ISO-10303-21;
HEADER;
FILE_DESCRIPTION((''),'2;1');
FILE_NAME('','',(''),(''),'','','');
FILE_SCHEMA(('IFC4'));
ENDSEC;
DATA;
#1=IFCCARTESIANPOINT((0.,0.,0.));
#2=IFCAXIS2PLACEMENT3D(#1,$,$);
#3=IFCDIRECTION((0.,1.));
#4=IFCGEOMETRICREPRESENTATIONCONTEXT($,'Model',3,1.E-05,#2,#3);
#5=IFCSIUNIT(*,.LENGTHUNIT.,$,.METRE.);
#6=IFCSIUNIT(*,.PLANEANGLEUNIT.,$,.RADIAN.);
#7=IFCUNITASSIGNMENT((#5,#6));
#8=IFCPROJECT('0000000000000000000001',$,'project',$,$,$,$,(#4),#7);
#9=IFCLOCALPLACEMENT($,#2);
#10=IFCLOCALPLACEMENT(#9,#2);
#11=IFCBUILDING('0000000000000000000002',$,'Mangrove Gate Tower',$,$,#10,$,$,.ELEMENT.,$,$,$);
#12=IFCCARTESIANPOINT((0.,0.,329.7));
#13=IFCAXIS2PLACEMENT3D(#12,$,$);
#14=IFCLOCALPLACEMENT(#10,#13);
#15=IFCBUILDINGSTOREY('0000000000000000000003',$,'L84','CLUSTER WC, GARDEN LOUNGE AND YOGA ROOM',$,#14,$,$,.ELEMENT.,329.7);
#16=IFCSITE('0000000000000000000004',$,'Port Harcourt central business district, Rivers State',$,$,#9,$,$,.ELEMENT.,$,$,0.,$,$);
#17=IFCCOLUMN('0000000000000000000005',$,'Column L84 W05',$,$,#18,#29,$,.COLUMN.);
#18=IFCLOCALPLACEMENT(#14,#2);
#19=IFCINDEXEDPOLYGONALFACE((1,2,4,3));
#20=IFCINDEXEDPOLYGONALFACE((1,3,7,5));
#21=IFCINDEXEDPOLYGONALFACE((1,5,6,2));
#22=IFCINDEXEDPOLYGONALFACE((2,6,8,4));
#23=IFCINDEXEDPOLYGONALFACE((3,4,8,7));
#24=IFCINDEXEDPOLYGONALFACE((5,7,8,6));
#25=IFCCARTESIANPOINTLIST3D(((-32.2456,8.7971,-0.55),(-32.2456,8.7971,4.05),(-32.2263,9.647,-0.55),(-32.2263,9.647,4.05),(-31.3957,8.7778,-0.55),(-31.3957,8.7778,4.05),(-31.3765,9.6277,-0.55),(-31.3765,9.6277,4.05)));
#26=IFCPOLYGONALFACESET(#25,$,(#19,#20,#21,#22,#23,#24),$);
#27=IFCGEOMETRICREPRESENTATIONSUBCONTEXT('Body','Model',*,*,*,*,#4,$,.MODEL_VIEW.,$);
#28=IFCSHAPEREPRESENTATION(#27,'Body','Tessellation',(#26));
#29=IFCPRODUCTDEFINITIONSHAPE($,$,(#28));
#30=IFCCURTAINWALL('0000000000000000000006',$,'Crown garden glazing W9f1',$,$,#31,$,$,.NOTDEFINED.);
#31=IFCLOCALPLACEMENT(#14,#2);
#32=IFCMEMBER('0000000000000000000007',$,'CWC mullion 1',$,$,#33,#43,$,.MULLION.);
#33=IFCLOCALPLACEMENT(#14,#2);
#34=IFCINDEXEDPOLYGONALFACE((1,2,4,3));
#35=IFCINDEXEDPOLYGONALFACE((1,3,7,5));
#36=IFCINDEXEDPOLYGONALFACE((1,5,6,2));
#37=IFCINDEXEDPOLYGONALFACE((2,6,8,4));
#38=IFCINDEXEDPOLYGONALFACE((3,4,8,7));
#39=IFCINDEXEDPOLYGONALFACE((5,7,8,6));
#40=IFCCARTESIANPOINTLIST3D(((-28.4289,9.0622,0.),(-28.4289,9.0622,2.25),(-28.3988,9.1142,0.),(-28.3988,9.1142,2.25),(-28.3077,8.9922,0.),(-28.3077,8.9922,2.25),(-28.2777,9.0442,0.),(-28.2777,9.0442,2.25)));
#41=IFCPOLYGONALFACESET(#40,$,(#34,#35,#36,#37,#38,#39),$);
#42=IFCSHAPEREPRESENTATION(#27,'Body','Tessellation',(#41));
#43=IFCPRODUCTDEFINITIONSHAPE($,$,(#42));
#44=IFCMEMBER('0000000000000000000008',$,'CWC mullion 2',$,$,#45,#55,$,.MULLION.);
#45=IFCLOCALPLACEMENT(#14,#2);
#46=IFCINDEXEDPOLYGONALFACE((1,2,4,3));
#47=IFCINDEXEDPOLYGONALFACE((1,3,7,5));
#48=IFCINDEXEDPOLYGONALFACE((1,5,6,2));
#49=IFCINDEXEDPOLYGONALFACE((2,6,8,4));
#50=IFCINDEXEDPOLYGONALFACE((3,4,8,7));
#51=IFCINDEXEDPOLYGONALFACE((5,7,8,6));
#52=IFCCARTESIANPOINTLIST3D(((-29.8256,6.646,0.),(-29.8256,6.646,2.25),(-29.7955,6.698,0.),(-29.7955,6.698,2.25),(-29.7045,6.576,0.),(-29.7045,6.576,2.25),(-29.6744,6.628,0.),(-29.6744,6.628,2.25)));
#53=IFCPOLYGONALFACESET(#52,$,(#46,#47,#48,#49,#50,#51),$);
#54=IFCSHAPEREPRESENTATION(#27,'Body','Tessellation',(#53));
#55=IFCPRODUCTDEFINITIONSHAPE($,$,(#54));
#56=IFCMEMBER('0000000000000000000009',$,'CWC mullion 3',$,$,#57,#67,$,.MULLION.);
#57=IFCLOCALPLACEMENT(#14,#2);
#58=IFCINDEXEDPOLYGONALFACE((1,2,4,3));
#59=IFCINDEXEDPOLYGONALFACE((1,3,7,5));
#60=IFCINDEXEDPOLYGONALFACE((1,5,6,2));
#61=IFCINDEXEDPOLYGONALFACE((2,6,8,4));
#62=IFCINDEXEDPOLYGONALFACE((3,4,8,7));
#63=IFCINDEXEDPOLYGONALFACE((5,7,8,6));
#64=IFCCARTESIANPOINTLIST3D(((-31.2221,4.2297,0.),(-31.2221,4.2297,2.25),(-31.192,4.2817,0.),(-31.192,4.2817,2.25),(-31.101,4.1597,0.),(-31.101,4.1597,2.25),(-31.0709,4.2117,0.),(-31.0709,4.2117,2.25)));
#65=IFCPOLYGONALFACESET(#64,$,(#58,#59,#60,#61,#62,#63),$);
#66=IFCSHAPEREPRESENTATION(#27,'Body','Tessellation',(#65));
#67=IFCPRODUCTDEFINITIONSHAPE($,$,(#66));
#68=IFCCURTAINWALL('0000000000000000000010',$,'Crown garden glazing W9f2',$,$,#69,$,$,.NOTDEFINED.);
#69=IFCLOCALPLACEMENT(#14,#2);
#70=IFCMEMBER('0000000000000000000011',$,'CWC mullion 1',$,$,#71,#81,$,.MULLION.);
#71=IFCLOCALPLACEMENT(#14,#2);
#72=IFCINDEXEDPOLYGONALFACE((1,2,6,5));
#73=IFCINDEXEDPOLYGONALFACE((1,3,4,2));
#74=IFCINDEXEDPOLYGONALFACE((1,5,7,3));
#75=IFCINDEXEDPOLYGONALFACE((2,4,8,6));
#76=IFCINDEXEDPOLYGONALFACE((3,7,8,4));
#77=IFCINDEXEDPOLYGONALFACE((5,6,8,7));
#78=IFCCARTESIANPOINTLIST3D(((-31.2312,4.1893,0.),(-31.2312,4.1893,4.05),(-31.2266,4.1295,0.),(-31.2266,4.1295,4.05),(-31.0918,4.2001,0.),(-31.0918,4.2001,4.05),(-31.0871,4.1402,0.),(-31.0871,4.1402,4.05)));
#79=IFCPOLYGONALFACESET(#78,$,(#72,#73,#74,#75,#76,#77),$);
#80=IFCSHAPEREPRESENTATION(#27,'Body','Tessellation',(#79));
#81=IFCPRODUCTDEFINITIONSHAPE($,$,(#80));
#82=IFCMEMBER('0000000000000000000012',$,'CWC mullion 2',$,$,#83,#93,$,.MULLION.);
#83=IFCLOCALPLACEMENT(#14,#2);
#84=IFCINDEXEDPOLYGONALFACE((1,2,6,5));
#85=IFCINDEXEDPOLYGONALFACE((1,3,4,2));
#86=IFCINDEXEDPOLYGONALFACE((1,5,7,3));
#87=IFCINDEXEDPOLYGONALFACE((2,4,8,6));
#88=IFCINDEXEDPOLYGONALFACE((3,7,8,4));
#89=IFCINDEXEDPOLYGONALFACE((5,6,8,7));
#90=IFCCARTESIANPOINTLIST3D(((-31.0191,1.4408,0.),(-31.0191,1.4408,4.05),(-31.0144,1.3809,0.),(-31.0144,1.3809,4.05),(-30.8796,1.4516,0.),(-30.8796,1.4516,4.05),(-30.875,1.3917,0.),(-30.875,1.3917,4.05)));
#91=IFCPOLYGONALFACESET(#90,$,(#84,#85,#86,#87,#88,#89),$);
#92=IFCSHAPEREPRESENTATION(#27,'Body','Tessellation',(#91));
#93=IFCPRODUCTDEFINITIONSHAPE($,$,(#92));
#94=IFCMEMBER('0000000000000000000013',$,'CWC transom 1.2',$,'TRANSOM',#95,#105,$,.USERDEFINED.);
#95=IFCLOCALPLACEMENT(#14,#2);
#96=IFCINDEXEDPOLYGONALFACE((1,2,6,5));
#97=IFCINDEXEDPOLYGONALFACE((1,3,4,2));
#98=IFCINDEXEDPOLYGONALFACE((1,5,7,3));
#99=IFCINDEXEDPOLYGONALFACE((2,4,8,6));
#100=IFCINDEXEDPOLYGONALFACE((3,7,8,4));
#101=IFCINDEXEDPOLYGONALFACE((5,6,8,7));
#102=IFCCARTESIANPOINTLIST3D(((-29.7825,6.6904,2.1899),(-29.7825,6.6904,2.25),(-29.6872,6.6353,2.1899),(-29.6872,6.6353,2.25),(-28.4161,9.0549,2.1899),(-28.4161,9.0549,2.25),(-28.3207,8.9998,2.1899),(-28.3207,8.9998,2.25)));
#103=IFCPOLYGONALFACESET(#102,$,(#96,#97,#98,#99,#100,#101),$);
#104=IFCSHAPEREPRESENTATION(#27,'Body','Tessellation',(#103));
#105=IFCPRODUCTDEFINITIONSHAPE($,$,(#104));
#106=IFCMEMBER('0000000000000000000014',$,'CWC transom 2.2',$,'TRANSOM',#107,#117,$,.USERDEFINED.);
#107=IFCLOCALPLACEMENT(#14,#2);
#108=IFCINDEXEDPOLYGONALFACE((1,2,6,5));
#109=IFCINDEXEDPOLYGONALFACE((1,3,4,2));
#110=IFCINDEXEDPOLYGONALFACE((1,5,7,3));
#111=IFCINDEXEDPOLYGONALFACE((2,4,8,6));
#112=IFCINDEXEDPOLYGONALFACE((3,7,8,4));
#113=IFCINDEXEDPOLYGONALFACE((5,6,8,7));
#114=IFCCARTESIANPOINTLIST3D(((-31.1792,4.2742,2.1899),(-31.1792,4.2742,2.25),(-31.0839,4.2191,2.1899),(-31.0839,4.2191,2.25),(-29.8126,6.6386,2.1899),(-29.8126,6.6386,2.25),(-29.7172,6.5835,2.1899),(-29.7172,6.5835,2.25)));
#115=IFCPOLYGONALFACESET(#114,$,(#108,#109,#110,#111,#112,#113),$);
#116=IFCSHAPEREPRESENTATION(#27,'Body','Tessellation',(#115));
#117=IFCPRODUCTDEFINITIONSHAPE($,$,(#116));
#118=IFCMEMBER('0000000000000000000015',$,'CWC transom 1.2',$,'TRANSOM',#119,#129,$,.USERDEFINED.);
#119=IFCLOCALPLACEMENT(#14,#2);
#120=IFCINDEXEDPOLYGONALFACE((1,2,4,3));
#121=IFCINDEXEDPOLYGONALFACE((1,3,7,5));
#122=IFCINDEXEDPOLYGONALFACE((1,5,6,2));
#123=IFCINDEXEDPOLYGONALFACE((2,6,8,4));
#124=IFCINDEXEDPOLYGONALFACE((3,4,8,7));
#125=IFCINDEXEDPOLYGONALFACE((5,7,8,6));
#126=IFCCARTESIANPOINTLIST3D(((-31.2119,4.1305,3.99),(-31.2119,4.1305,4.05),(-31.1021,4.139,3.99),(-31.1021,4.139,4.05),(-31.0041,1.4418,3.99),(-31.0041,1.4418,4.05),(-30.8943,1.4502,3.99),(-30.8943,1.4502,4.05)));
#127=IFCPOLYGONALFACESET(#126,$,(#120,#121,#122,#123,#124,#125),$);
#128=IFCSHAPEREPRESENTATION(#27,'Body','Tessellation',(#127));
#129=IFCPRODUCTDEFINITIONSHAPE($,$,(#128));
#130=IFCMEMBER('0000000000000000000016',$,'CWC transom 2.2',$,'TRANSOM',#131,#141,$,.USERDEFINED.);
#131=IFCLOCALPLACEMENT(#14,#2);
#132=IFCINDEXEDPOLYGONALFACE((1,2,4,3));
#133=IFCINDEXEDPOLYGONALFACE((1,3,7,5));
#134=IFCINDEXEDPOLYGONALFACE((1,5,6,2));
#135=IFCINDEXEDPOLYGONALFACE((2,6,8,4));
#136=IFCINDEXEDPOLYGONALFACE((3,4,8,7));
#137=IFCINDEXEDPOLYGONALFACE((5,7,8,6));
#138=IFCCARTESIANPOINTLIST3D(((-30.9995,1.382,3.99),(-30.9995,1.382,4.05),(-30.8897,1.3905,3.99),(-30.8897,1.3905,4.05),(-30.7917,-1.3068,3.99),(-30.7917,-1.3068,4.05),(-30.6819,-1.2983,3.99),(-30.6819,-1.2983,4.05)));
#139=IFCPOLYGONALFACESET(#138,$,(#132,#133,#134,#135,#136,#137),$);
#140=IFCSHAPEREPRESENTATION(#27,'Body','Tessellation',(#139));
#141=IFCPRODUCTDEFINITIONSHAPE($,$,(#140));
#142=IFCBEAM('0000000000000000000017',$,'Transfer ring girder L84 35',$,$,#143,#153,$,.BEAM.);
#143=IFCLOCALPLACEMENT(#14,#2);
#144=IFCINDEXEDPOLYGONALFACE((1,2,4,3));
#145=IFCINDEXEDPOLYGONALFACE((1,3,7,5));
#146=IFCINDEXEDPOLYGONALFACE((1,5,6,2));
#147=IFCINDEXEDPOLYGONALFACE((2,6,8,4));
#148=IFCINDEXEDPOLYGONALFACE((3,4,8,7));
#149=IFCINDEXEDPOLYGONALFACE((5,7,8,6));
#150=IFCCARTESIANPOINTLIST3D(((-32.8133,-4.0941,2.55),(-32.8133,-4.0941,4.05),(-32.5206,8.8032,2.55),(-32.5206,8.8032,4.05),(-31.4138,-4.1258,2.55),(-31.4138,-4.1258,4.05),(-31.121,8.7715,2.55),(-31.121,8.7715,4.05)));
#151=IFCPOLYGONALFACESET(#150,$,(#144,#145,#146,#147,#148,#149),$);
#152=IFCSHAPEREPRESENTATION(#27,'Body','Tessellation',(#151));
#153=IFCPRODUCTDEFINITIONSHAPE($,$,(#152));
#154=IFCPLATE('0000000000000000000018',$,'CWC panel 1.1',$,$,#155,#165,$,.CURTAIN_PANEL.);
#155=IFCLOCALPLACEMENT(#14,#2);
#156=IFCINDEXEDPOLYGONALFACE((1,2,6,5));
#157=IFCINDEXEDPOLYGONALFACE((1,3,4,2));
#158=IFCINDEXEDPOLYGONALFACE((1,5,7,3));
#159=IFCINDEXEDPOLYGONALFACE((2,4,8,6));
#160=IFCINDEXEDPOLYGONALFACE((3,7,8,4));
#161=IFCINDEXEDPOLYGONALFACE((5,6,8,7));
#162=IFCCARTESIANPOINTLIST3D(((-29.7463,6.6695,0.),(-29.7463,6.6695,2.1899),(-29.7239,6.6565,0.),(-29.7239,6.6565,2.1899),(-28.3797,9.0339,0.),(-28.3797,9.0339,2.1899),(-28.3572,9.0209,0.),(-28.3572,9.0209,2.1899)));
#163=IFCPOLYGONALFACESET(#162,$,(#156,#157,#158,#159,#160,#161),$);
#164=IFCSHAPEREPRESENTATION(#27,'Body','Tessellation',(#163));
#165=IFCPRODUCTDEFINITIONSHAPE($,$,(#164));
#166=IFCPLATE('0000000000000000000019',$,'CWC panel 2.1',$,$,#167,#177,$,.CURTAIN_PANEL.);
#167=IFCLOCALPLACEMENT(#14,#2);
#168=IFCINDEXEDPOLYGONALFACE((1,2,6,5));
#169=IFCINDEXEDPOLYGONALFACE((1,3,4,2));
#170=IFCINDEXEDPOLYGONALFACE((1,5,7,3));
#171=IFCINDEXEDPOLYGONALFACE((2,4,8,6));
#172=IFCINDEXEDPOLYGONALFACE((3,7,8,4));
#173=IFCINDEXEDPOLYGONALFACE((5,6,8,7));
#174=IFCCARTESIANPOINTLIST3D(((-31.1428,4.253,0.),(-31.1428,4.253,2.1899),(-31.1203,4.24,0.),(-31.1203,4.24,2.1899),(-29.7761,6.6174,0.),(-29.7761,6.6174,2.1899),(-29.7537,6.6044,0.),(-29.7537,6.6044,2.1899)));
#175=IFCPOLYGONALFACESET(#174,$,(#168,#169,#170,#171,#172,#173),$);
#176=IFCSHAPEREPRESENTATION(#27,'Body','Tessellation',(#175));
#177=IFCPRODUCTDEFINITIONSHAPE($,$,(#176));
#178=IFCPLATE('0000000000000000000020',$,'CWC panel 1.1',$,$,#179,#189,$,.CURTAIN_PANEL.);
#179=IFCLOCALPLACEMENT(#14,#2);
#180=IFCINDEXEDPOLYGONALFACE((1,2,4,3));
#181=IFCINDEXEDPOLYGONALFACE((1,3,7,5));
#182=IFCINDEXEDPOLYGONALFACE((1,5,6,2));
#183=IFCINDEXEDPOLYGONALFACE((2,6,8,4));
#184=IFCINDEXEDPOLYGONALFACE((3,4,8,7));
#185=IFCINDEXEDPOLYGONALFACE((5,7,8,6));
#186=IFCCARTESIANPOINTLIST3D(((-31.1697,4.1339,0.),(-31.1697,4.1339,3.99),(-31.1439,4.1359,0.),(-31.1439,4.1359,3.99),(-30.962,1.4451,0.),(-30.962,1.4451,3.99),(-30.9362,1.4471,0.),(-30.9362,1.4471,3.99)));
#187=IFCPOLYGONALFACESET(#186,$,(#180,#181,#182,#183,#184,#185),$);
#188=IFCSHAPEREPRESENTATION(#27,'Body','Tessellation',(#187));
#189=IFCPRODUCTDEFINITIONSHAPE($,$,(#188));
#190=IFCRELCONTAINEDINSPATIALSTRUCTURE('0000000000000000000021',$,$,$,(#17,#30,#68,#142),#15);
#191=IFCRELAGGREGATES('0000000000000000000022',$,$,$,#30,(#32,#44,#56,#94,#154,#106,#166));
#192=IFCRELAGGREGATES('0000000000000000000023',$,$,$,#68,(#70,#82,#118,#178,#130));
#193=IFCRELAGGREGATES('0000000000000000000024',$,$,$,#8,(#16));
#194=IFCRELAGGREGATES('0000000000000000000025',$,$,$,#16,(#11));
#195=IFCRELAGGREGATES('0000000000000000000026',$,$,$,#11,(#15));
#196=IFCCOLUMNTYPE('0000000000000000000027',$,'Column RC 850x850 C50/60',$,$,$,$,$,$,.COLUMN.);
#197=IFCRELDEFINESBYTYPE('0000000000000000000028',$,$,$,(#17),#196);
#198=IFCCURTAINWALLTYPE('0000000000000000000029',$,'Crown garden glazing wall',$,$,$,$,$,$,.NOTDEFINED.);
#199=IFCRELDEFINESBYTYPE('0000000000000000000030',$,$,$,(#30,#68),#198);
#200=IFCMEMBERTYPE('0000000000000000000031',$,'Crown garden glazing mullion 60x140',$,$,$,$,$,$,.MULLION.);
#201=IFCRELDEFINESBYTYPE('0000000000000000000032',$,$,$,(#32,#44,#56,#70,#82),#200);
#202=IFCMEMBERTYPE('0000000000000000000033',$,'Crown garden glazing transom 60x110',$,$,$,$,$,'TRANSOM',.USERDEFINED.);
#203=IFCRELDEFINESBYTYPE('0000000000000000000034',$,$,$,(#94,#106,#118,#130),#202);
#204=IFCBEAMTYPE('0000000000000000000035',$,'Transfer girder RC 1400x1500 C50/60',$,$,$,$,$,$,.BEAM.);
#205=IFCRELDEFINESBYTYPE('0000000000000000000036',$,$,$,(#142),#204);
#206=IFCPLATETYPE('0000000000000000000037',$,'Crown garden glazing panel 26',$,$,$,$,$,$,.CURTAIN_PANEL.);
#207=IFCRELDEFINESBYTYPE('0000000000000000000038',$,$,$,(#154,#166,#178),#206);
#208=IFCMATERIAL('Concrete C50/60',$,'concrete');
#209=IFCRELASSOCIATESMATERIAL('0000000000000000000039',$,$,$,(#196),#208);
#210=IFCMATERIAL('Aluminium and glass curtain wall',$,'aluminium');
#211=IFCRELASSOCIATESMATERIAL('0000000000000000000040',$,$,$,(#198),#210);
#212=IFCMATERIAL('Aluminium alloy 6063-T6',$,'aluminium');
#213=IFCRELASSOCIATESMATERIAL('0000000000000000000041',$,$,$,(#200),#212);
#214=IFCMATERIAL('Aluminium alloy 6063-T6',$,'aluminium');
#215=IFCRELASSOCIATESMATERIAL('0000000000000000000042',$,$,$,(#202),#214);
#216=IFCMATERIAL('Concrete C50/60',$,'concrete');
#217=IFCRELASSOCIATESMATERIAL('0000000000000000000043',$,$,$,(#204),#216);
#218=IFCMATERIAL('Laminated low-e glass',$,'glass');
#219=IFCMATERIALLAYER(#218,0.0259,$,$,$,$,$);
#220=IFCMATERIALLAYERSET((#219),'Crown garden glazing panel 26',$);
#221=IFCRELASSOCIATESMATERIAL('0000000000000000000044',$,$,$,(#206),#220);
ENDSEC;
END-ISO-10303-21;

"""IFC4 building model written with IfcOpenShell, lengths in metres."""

from ifc_helpers import new_model, si_unit, direction, frame, origin, origin_2d, place, context, subcontext, project, spatial, rectangle, extrude, material, layer, layer_set, material_profile, profile_set, type_object, element, aggregate, save


model = new_model("IFC4")

# Units and contexts
model_context = context("Model", 3, precision=1e-05, world=origin(), true_north=direction((0.0, 1.0)))
body_context = subcontext(model_context, "Body", "Model", "MODEL_VIEW")
ifc_project = project(units=[si_unit("LENGTHUNIT", "METRE"), si_unit("PLANEANGLEUNIT", "RADIAN")], contexts=[model_context])

# Site, building, storey
site_placement = place(None, origin())
site = spatial("IfcSite", under=ifc_project, at=site_placement, Name="Port Harcourt central business district, Rivers State", CompositionType="ELEMENT", RefElevation=0.0)
building_placement = place(site_placement, origin())
building = spatial("IfcBuilding", under=site, at=building_placement, Name="Mangrove Gate Tower", CompositionType="ELEMENT")
storey_placement = place(building_placement, frame((0.0, 0.0, 329.7)))
storey = spatial("IfcBuildingStorey", under=building, at=storey_placement, Name="L84", Description="CLUSTER WC, GARDEN LOUNGE AND YOGA ROOM", CompositionType="ELEMENT", Elevation=329.7)

# Column
ifc_material_1 = material(Name="Concrete C50/60", Category="concrete")
ifc_material_profile_1 = material_profile(ifc_material_1, rectangle(XDim=0.8501, YDim=0.8501, at=origin_2d()))
ifc_profile_set_1 = profile_set([ifc_material_profile_1], Name="Concrete C50/60")
column_type = type_object("IfcColumnType", Name="Column RC 850x850 C50/60", PredefinedType="COLUMN", material=ifc_profile_set_1)
column_placement = place(storey_placement, frame((-31.811, 9.2124, -0.55), z_axis=(0.0, 0.0, 1.0), x_axis=(-0.022681, -0.999743, 0.0)))
element("IfcColumn", 1, at=column_placement, inside=storey, type_object=column_type, Name="Column L84 W05", PredefinedType="COLUMN", context=body_context, shape_type="SweptSolid", body=[
    extrude(rectangle(XDim=0.8501, YDim=0.8501, at=origin_2d()), origin(), (0.0, 0.0, 1.0), 4.6001),
])

# Curtain walls, members
ifc_material_2 = material(Name="Aluminium and glass curtain wall", Category="aluminium")
curtain_wall_type = type_object("IfcCurtainWallType", Name="Crown garden glazing wall", PredefinedType="NOTDEFINED", material=ifc_material_2)
curtain_wall_1_placement = place(storey_placement, origin())
curtain_wall_1 = element("IfcCurtainWall", 2, at=curtain_wall_1_placement, inside=storey, type_object=curtain_wall_type, Name="Crown garden glazing W9f1", PredefinedType="NOTDEFINED")
ifc_material_3 = material(Name="Aluminium alloy 6063-T6", Category="aluminium")
ifc_material_profile_2 = material_profile(ifc_material_3, rectangle(XDim=0.0601, YDim=0.1399, at=origin_2d()))
ifc_profile_set_2 = profile_set([ifc_material_profile_2], Name="Aluminium alloy 6063-T6")
member_type_1 = type_object("IfcMemberType", Name="Crown garden glazing mullion 60x140", PredefinedType="MULLION", material=ifc_profile_set_2)
member_1_placement = place(storey_placement, frame((-28.3533, 9.0532, 0.0), z_axis=(0.0, 0.0, 1.0), x_axis=(-0.500418, -0.865784, 0.0)))
member_1 = element("IfcMember", 3, at=member_1_placement, type_object=member_type_1, Name="CWC mullion 1", PredefinedType="MULLION", context=body_context, shape_type="SweptSolid", body=[
    extrude(rectangle(XDim=0.0601, YDim=0.1399, at=origin_2d()), origin(), (0.0, 0.0, 1.0), 2.25),
])
member_2_placement = place(storey_placement, frame((-29.75, 6.637, 0.0), z_axis=(0.0, 0.0, 1.0), x_axis=(-0.500418, -0.865784, 0.0)))
member_2 = element("IfcMember", 4, at=member_2_placement, type_object=member_type_1, Name="CWC mullion 2", PredefinedType="MULLION", context=body_context, shape_type="SweptSolid", body=[
    extrude(rectangle(XDim=0.0601, YDim=0.1399, at=origin_2d()), origin(), (0.0, 0.0, 1.0), 2.25),
])
member_3_placement = place(storey_placement, frame((-31.1465, 4.2207, 0.0), z_axis=(0.0, 0.0, 1.0), x_axis=(-0.500418, -0.865784, 0.0)))
member_3 = element("IfcMember", 5, at=member_3_placement, type_object=member_type_1, Name="CWC mullion 3", PredefinedType="MULLION", context=body_context, shape_type="SweptSolid", body=[
    extrude(rectangle(XDim=0.0601, YDim=0.1399, at=origin_2d()), origin(), (0.0, 0.0, 1.0), 2.25),
])
curtain_wall_2_placement = place(storey_placement, origin())
curtain_wall_2 = element("IfcCurtainWall", 6, at=curtain_wall_2_placement, inside=storey, type_object=curtain_wall_type, Name="Crown garden glazing W9f2", PredefinedType="NOTDEFINED")
member_4_placement = place(storey_placement, frame((-31.1592, 4.1648, 0.0), z_axis=(0.0, 0.0, 1.0), x_axis=(0.077023, -0.997029, 0.0)))
member_4 = element("IfcMember", 7, at=member_4_placement, type_object=member_type_1, Name="CWC mullion 1", PredefinedType="MULLION", context=body_context, shape_type="SweptSolid", body=[
    extrude(rectangle(XDim=0.0601, YDim=0.1399, at=origin_2d()), origin(), (0.0, 0.0, 1.0), 4.05),
])
member_5_placement = place(storey_placement, frame((-30.947, 1.4163, 0.0), z_axis=(0.0, 0.0, 1.0), x_axis=(0.077023, -0.997029, 0.0)))
member_5 = element("IfcMember", 8, at=member_5_placement, type_object=member_type_1, Name="CWC mullion 2", PredefinedType="MULLION", context=body_context, shape_type="SweptSolid", body=[
    extrude(rectangle(XDim=0.0601, YDim=0.1399, at=origin_2d()), origin(), (0.0, 0.0, 1.0), 4.05),
])

# Members
ifc_material_4 = material(Name="Aluminium alloy 6063-T6", Category="aluminium")
ifc_material_profile_3 = material_profile(ifc_material_4, rectangle(XDim=0.0601, YDim=0.1101, at=origin_2d()))
ifc_profile_set_3 = profile_set([ifc_material_profile_3], Name="Aluminium alloy 6063-T6")
member_type_2 = type_object("IfcMemberType", Name="Crown garden glazing transom 60x110", ElementType="TRANSOM", PredefinedType="USERDEFINED", material=ifc_profile_set_3)
member_6_placement = place(storey_placement, frame((-28.3684, 9.0273, 2.22), z_axis=(-0.50036, -0.865818, 0.0), x_axis=(0.0, 0.0, 1.0)))
member_6 = element("IfcMember", 9, at=member_6_placement, type_object=member_type_2, Name="CWC transom 1.2", ObjectType="TRANSOM", PredefinedType="USERDEFINED", context=body_context, shape_type="SweptSolid", body=[
    extrude(rectangle(XDim=0.0601, YDim=0.1101, at=origin_2d()), origin(), (0.0, 0.0, 1.0), 2.731),
])
member_7_placement = place(storey_placement, frame((-29.7649, 6.6111, 2.22), z_axis=(-0.500427, -0.865779, 0.0), x_axis=(0.0, 0.0, 1.0)))
member_7 = element("IfcMember", 10, at=member_7_placement, type_object=member_type_2, Name="CWC transom 2.2", ObjectType="TRANSOM", PredefinedType="USERDEFINED", context=body_context, shape_type="SweptSolid", body=[
    extrude(rectangle(XDim=0.0601, YDim=0.1101, at=origin_2d()), origin(), (0.0, 0.0, 1.0), 2.731),
])
member_8_placement = place(storey_placement, frame((-31.157, 4.1348, 4.02), z_axis=(0.077043, -0.997028, 0.0), x_axis=(0.0, 0.0, 1.0)))
member_8 = element("IfcMember", 11, at=member_8_placement, type_object=member_type_2, Name="CWC transom 1.2", ObjectType="TRANSOM", PredefinedType="USERDEFINED", context=body_context, shape_type="SweptSolid", body=[
    extrude(rectangle(XDim=0.0601, YDim=0.1101, at=origin_2d()), origin(), (0.0, 0.0, 1.0), 2.6968),
])
member_9_placement = place(storey_placement, frame((-30.9446, 1.3862, 4.02), z_axis=(0.077043, -0.997028, 0.0), x_axis=(0.0, 0.0, 1.0)))
member_9 = element("IfcMember", 12, at=member_9_placement, type_object=member_type_2, Name="CWC transom 2.2", ObjectType="TRANSOM", PredefinedType="USERDEFINED", context=body_context, shape_type="SweptSolid", body=[
    extrude(rectangle(XDim=0.0601, YDim=0.1101, at=origin_2d()), origin(), (0.0, 0.0, 1.0), 2.6968),
])

# Beam
ifc_material_5 = material(Name="Concrete C50/60", Category="concrete")
ifc_material_profile_4 = material_profile(ifc_material_5, rectangle(XDim=1.3999, YDim=1.5, at=origin_2d()))
ifc_profile_set_4 = profile_set([ifc_material_profile_4], Name="Concrete C50/60")
beam_type = type_object("IfcBeamType", Name="Transfer girder RC 1400x1500 C50/60", PredefinedType="BEAM", material=ifc_profile_set_4)
beam_placement = place(storey_placement, frame((-31.8208, 8.7874, 3.3), z_axis=(-0.022691, -0.999743, 0.0), x_axis=(0.999743, -0.022691, 0.0)))
element("IfcBeam", 13, at=beam_placement, inside=storey, type_object=beam_type, Name="Transfer ring girder L84 35", PredefinedType="BEAM", context=body_context, shape_type="SweptSolid", body=[
    extrude(rectangle(XDim=1.3999, YDim=1.5, at=origin_2d()), origin(), (0.0, 0.0, 1.0), 12.9006),
])

# Plates
ifc_material_6 = material(Name="Laminated low-e glass", Category="glass")
ifc_layer_1 = layer(ifc_material_6, 0.0259)
ifc_layer_set_1 = layer_set([ifc_layer_1], Name="Crown garden glazing panel 26")
plate_type = type_object("IfcPlateType", Name="Crown garden glazing panel 26", PredefinedType="CURTAIN_PANEL", material=ifc_layer_set_1)
plate_1_placement = place(storey_placement, frame((-29.0518, 7.8452, 0.0), z_axis=(0.0, 0.0, 1.0), x_axis=(-0.500418, -0.865784, 0.0)))
plate_1 = element("IfcPlate", 14, at=plate_1_placement, type_object=plate_type, Name="CWC panel 1.1", PredefinedType="CURTAIN_PANEL", context=body_context, shape_type="SweptSolid", body=[
    extrude(rectangle(XDim=2.731, YDim=0.0259, at=origin_2d()), origin(), (0.0, 0.0, 1.0), 2.1899),
])
plate_2_placement = place(storey_placement, frame((-30.4482, 5.4287, 0.0), z_axis=(0.0, 0.0, 1.0), x_axis=(-0.500418, -0.865784, 0.0)))
plate_2 = element("IfcPlate", 15, at=plate_2_placement, type_object=plate_type, Name="CWC panel 2.1", PredefinedType="CURTAIN_PANEL", context=body_context, shape_type="SweptSolid", body=[
    extrude(rectangle(XDim=2.731, YDim=0.0259, at=origin_2d()), origin(), (0.0, 0.0, 1.0), 2.1899),
])
aggregate(curtain_wall_1, [member_1, member_2, member_3, member_6, plate_1, member_7, plate_2])
plate_3_placement = place(storey_placement, frame((-31.053, 2.7905, 0.0), z_axis=(0.0, 0.0, 1.0), x_axis=(0.077023, -0.997029, 0.0)))
plate_3 = element("IfcPlate", 16, at=plate_3_placement, type_object=plate_type, Name="CWC panel 1.1", PredefinedType="CURTAIN_PANEL", context=body_context, shape_type="SweptSolid", body=[
    extrude(rectangle(XDim=2.6968, YDim=0.0259, at=origin_2d()), origin(), (0.0, 0.0, 1.0), 3.99),
])
aggregate(curtain_wall_2, [member_4, member_5, member_8, plate_3, member_9])

save(model, "model.ifc")
